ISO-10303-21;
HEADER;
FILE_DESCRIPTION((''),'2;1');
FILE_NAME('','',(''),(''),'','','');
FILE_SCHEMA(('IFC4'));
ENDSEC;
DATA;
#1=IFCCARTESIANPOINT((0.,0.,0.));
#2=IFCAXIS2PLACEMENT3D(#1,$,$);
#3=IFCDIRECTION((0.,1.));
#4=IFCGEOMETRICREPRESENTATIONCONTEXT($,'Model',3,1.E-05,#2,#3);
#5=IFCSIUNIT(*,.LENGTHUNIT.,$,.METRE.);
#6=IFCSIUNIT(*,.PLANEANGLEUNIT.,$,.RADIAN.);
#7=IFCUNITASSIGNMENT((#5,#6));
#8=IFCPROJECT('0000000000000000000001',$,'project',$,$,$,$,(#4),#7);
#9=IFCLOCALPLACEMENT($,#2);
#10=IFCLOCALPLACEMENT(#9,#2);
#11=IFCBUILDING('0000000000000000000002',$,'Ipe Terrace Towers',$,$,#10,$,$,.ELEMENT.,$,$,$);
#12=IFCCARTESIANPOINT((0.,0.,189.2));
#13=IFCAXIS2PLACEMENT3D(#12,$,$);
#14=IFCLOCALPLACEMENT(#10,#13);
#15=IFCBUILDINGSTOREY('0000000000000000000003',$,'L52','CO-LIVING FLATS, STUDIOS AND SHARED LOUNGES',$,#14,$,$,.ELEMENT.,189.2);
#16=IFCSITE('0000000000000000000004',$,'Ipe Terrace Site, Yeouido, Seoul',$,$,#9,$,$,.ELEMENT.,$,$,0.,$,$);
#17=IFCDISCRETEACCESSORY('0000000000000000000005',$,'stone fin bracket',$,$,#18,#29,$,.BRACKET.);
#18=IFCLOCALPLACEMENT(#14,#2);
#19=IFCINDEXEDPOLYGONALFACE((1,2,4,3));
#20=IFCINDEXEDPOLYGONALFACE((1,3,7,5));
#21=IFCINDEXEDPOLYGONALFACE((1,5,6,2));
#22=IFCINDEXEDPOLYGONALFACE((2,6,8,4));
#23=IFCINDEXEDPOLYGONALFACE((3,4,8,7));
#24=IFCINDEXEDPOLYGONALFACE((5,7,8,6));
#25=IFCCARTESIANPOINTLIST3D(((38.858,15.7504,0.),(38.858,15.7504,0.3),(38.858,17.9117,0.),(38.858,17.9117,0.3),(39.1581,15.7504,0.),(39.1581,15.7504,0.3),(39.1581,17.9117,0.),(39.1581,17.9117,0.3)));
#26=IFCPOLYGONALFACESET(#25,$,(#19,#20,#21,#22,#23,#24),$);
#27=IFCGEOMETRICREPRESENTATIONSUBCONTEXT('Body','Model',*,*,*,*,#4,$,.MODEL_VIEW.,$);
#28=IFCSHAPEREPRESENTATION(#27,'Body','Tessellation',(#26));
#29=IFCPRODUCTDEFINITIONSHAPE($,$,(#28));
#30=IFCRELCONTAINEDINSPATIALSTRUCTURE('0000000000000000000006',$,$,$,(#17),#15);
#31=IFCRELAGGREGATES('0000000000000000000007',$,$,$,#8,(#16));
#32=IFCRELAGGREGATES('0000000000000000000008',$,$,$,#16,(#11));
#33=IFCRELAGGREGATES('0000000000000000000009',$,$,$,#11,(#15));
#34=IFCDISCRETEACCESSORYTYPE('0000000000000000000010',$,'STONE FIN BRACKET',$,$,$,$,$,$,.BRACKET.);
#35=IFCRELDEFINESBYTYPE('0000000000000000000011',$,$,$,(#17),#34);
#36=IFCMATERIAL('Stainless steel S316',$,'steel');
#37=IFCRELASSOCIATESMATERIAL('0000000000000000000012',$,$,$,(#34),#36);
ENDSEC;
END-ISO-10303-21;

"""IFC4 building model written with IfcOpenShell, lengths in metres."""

from ifc_helpers import new_model, si_unit, direction, frame, origin, origin_2d, place, context, subcontext, project, spatial, rectangle, extrude, material, type_object, element, save


model = new_model("IFC4")

# Units and contexts
model_context = context("Model", 3, precision=1e-05, world=origin(), true_north=direction((0.0, 1.0)))
body_context = subcontext(model_context, "Body", "Model", "MODEL_VIEW")
ifc_project = project(units=[si_unit("LENGTHUNIT", "METRE"), si_unit("PLANEANGLEUNIT", "RADIAN")], contexts=[model_context])

# Site, building, storey
site_placement = place(None, origin())
site = spatial("IfcSite", under=ifc_project, at=site_placement, Name="Ipe Terrace Site, Yeouido, Seoul", CompositionType="ELEMENT", RefElevation=0.0)
building_placement = place(site_placement, origin())
building = spatial("IfcBuilding", under=site, at=building_placement, Name="Ipe Terrace Towers", CompositionType="ELEMENT")
storey_placement = place(building_placement, frame((0.0, 0.0, 189.2)))
storey = spatial("IfcBuildingStorey", under=building, at=storey_placement, Name="L52", Description="CO-LIVING FLATS, STUDIOS AND SHARED LOUNGES", CompositionType="ELEMENT", Elevation=189.2)

# Discrete accessory
ifc_material_1 = material(Name="Stainless steel S316", Category="steel")
discrete_accessory_type = type_object("IfcDiscreteAccessoryType", Name="STONE FIN BRACKET", PredefinedType="BRACKET", material=ifc_material_1)
discrete_accessory_placement = place(storey_placement, frame((39.0081, 16.8311, 0.0), z_axis=(0.0, 0.0, 1.0), x_axis=(-1.0, 0.0, 0.0)))
element("IfcDiscreteAccessory", 1, at=discrete_accessory_placement, inside=storey, type_object=discrete_accessory_type, Name="stone fin bracket", PredefinedType="BRACKET", context=body_context, shape_type="SweptSolid", body=[
    extrude(rectangle(XDim=0.3, YDim=2.1614, at=origin_2d()), origin(), (0.0, 0.0, 1.0), 0.3),
])

save(model, "model.ifc")
